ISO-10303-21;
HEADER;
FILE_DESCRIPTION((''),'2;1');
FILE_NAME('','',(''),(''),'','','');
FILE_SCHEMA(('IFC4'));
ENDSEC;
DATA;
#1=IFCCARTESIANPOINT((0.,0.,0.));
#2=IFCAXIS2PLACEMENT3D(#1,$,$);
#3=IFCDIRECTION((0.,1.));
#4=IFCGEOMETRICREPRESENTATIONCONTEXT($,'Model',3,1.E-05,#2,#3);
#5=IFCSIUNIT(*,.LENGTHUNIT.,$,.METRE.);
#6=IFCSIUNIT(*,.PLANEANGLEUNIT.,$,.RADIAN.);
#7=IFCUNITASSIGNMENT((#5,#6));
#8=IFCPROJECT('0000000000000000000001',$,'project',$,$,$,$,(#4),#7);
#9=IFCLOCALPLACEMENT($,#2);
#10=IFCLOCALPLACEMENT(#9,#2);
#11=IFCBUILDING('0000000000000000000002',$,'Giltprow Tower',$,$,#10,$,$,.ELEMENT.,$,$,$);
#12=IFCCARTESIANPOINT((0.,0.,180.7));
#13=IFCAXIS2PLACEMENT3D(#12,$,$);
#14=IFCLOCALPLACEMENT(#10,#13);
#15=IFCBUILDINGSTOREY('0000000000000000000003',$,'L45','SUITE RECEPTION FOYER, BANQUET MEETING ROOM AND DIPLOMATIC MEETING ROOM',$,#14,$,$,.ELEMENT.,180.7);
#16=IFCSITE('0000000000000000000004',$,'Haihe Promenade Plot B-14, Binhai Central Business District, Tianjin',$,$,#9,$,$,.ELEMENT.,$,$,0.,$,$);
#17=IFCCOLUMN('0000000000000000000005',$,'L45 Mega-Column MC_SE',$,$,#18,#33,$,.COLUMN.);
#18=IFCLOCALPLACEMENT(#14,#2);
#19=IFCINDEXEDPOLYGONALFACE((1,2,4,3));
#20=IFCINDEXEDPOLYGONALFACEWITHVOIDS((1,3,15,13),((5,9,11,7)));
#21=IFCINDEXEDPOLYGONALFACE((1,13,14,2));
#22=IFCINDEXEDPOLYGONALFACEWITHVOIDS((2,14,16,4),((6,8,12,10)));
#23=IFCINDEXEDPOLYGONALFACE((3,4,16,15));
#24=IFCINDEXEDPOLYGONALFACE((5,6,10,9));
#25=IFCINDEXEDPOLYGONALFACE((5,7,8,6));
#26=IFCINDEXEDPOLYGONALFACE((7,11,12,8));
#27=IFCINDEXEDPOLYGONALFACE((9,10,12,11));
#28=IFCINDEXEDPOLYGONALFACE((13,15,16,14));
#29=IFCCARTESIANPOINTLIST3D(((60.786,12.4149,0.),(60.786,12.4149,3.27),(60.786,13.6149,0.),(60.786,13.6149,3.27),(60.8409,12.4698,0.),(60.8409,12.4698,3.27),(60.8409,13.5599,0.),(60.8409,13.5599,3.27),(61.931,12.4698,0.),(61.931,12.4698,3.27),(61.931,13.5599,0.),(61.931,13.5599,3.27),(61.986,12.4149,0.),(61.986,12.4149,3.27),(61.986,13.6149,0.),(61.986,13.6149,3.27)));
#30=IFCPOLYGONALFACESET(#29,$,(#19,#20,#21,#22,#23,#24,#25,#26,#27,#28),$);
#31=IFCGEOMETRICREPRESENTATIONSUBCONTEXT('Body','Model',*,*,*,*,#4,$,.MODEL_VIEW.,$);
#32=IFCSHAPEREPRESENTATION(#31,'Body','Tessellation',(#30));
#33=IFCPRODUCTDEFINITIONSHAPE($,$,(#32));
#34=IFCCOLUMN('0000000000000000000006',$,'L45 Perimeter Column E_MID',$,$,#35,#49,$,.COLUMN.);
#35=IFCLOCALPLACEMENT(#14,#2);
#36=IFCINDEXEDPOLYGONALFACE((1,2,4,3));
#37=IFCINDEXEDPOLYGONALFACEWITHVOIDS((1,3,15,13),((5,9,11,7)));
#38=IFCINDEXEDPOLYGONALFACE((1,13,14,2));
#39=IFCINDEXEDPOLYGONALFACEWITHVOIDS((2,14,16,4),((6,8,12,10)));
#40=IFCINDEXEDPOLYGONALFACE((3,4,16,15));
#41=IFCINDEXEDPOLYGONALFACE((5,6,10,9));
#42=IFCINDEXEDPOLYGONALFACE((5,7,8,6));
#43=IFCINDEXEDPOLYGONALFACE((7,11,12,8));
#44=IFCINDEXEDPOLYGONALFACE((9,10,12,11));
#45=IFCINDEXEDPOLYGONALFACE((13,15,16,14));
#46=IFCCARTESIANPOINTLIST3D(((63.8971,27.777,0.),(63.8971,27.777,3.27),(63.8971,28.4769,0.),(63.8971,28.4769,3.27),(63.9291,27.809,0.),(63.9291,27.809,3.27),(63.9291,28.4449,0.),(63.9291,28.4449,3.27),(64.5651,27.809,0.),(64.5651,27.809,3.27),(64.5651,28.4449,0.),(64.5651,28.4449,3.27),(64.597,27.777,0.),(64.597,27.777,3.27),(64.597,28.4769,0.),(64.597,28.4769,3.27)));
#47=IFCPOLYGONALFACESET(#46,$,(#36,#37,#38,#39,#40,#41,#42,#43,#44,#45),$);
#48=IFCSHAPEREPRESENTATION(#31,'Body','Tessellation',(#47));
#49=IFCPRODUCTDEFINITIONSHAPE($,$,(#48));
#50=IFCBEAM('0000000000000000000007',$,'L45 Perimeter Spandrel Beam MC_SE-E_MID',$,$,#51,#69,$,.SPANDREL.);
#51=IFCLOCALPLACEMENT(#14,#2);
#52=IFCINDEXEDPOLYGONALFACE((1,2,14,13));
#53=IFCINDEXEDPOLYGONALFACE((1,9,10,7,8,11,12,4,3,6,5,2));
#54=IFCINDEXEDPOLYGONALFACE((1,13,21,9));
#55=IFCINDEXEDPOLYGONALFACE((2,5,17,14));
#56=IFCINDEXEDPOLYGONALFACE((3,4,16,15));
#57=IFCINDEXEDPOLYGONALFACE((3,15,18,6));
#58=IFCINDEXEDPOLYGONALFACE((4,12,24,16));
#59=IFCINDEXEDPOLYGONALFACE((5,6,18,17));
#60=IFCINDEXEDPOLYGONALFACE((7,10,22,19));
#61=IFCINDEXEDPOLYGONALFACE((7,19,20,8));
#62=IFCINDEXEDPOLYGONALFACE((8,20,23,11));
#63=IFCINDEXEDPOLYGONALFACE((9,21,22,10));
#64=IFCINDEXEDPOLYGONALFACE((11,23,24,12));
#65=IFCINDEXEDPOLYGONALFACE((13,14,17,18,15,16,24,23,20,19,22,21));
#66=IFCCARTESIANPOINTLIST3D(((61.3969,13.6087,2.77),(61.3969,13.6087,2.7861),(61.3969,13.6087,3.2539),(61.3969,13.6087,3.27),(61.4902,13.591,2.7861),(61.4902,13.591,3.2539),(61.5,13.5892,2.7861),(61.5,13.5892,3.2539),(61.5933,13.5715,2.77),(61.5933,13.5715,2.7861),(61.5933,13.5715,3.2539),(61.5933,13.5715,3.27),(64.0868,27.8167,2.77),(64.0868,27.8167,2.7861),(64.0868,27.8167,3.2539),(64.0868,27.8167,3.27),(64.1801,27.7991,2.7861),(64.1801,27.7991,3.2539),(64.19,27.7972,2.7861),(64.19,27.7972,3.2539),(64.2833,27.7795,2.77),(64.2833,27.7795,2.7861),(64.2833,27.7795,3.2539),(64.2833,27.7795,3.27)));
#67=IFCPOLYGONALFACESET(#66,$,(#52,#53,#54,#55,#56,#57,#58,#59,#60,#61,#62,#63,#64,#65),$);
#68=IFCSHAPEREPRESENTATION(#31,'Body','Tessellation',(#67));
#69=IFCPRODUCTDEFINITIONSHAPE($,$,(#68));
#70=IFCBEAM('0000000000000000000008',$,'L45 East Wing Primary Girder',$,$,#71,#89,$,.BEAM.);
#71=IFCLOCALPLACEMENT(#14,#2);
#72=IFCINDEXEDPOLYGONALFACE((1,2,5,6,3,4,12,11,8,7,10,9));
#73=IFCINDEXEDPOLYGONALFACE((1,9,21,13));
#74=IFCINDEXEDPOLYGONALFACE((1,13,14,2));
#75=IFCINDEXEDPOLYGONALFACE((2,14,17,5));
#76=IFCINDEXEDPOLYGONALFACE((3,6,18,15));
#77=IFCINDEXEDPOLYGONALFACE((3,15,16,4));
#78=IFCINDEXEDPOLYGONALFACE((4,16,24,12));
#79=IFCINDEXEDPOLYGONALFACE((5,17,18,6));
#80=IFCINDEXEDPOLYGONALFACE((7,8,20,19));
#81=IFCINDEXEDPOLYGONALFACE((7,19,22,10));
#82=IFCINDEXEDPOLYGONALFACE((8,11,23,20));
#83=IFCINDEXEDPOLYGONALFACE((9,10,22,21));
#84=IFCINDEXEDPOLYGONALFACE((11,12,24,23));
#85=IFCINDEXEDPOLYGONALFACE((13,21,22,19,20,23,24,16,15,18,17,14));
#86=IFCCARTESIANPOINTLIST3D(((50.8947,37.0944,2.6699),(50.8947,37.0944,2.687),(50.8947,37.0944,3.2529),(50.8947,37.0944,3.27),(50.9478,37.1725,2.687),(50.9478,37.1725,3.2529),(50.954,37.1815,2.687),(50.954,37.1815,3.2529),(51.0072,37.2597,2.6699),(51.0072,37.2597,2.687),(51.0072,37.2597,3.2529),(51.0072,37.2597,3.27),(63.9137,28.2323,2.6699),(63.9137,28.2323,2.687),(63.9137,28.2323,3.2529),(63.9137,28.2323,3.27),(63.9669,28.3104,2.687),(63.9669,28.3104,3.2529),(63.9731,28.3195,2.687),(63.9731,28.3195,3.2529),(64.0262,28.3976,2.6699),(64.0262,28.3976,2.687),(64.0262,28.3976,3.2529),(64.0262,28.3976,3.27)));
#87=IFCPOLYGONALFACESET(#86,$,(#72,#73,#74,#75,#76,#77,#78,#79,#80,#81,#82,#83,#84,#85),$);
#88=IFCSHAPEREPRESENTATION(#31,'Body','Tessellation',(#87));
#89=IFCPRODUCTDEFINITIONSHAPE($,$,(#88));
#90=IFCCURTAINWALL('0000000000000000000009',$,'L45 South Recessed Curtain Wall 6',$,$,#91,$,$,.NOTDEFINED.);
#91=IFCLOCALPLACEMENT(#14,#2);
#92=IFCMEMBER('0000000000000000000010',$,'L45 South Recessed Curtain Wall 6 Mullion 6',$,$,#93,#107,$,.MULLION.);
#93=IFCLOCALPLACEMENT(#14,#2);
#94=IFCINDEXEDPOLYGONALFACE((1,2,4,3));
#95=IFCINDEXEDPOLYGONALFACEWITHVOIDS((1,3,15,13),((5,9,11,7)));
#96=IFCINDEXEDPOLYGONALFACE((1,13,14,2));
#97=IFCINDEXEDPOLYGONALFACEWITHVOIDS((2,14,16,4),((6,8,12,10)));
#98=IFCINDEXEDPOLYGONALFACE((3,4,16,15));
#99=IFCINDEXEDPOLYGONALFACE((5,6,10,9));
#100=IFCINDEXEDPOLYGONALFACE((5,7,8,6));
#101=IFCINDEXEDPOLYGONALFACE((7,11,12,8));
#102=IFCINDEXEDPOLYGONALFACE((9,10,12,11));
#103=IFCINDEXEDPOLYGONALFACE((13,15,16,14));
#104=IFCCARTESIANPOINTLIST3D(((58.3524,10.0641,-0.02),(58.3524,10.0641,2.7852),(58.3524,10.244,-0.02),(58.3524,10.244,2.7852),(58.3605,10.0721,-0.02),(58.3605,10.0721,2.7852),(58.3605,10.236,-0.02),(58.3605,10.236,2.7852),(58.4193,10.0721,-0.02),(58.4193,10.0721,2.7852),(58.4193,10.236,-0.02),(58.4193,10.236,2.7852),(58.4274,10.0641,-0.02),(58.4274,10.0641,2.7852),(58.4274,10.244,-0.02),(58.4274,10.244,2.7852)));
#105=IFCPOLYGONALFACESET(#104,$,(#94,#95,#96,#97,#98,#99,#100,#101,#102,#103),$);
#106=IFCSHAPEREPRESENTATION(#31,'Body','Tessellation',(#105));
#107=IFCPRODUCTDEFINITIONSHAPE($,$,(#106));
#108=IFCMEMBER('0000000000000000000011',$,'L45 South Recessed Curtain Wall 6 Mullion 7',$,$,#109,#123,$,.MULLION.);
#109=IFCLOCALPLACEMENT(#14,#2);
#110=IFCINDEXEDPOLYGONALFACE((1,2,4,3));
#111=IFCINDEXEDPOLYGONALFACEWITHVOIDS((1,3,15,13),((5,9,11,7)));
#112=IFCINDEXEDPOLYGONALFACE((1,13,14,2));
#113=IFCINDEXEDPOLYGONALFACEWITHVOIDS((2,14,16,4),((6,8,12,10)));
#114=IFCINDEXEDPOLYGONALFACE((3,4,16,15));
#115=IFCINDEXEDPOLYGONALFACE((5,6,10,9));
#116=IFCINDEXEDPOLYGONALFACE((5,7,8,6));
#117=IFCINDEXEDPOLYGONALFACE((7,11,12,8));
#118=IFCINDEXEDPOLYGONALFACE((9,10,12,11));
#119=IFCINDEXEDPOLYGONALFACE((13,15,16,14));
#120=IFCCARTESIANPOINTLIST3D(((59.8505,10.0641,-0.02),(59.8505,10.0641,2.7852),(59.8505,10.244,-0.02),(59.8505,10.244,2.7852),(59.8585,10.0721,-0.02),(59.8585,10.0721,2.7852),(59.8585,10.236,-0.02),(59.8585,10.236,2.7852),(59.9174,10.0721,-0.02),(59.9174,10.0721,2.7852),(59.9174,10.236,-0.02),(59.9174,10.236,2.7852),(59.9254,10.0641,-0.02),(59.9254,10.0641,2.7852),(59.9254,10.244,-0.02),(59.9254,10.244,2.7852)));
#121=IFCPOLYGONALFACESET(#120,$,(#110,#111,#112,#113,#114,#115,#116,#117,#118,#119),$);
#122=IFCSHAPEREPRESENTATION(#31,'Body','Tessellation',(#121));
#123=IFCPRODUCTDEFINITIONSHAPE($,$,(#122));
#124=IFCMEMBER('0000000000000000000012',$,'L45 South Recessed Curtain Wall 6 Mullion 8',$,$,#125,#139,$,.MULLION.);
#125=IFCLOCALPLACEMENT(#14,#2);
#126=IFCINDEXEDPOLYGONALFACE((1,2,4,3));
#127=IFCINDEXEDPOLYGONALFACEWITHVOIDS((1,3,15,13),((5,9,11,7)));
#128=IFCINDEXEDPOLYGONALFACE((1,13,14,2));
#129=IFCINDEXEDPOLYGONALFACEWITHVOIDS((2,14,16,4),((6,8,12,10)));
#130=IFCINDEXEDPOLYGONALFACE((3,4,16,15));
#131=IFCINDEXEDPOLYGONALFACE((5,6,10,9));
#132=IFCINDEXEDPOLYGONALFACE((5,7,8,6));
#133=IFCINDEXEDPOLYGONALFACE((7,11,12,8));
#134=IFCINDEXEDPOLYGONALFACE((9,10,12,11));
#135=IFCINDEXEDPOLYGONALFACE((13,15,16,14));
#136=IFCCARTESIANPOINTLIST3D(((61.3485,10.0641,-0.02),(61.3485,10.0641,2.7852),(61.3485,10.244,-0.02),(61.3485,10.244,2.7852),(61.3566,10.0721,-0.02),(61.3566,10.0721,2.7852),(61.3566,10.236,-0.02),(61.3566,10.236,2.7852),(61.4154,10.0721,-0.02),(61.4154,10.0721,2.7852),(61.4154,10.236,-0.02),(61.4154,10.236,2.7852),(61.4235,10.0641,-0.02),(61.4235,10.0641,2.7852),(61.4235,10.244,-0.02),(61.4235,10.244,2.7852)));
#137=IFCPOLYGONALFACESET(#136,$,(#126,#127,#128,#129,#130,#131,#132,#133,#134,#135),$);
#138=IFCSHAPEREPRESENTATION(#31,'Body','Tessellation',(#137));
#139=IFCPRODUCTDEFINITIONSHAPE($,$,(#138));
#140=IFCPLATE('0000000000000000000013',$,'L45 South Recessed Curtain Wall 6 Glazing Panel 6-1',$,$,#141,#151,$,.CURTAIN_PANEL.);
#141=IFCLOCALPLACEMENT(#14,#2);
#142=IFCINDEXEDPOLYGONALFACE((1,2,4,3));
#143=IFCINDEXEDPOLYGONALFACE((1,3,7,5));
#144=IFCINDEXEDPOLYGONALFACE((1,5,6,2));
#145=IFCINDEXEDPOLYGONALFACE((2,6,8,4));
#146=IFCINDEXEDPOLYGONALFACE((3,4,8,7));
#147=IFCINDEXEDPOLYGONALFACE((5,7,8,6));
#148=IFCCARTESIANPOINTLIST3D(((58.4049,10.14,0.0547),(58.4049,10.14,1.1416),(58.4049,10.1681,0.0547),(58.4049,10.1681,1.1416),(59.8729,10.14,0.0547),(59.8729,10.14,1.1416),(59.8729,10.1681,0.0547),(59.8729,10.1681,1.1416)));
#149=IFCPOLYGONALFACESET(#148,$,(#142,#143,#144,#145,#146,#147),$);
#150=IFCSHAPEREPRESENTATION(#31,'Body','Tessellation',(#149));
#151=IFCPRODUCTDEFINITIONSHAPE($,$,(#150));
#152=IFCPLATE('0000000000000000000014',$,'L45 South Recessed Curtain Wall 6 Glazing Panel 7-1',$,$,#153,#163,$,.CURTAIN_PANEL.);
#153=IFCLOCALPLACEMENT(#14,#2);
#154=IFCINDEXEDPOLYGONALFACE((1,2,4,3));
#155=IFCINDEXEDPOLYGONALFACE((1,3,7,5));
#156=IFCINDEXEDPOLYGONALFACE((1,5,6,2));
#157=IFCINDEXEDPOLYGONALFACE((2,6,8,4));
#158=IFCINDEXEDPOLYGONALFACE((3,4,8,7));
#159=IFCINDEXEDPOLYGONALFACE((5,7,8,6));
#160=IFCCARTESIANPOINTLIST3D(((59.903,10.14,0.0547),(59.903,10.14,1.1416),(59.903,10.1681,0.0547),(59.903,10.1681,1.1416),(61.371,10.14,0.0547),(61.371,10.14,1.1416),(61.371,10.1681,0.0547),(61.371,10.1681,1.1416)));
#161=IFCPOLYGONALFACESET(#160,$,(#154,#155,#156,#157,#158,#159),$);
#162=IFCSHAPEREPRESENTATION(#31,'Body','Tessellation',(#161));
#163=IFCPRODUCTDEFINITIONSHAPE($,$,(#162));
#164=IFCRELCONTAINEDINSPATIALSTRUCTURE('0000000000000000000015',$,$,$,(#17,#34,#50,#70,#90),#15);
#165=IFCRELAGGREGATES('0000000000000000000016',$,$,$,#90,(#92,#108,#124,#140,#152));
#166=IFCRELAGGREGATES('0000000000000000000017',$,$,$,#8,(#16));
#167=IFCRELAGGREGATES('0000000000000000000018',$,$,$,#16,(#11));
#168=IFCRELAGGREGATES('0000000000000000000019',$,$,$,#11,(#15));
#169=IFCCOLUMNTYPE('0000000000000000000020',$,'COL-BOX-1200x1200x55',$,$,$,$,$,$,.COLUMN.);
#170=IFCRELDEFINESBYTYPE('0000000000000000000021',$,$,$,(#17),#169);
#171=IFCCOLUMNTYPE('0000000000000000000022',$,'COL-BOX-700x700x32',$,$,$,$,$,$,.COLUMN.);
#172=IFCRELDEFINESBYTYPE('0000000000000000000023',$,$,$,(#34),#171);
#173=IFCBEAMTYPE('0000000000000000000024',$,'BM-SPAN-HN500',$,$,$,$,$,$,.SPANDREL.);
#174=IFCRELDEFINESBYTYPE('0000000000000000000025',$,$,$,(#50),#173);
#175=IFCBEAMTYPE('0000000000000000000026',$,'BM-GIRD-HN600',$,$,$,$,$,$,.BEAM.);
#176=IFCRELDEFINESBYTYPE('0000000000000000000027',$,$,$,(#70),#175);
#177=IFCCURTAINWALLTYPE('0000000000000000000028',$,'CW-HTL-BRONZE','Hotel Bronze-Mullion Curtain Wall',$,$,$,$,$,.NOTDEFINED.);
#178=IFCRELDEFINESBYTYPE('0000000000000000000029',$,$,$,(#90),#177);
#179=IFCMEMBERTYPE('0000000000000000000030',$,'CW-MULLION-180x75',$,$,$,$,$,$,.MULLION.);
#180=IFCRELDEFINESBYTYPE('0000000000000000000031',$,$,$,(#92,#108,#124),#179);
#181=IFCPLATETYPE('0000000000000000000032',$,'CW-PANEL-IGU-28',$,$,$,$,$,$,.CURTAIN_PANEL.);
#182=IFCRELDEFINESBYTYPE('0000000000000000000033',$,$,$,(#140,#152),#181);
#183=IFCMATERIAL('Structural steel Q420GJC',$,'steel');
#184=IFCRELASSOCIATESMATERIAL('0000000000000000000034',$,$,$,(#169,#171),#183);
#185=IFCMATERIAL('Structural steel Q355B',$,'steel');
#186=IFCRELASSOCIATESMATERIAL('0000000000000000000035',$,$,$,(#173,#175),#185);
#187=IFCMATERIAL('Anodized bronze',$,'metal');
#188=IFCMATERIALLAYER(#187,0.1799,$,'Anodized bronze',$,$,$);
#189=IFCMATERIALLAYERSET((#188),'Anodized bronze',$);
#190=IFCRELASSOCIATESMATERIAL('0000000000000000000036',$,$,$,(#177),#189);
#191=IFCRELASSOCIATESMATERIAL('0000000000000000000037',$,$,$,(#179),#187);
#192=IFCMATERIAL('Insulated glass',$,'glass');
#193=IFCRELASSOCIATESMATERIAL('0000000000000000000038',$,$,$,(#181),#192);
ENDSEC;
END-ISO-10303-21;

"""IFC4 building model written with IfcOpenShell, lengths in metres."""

from ifc_helpers import new_model, si_unit, direction, frame, origin, origin_2d, place, context, subcontext, project, spatial, rectangle, hollow_rectangle, i_section, extrude, source, transform, mapped, material, layer, layer_set, material_profile, profile_set, type_object, element, aggregate, save


model = new_model("IFC4")

# Units and contexts
model_context = context("Model", 3, precision=1e-05, world=origin(), true_north=direction((0.0, 1.0)))
body_context = subcontext(model_context, "Body", "Model", "MODEL_VIEW")
ifc_project = project(units=[si_unit("LENGTHUNIT", "METRE"), si_unit("PLANEANGLEUNIT", "RADIAN")], contexts=[model_context])

# Site, building, storey
site_placement = place(None, origin())
site = spatial("IfcSite", under=ifc_project, at=site_placement, Name="Haihe Promenade Plot B-14, Binhai Central Business District, Tianjin", CompositionType="ELEMENT", RefElevation=0.0)
building_placement = place(site_placement, origin())
building = spatial("IfcBuilding", under=site, at=building_placement, Name="Giltprow Tower", CompositionType="ELEMENT")
storey_placement = place(building_placement, frame((0.0, 0.0, 180.7)))
storey = spatial("IfcBuildingStorey", under=building, at=storey_placement, Name="L45", Description="SUITE RECEPTION FOYER, BANQUET MEETING ROOM AND DIPLOMATIC MEETING ROOM", CompositionType="ELEMENT", Elevation=180.7)

# Columns
ifc_material_1 = material(Name="Structural steel Q420GJC", Category="steel")
ifc_material_profile_1 = material_profile(ifc_material_1, hollow_rectangle(XDim=1.2, YDim=1.2, WallThickness=0.0549, at=origin_2d()), Name="BOX 1200x1200x55")
ifc_profile_set_1 = profile_set([ifc_material_profile_1], Name="Structural steel Q420GJC")
column_type_1 = type_object("IfcColumnType", Name="COL-BOX-1200x1200x55", PredefinedType="COLUMN", material=ifc_profile_set_1)
shared_shape_1 = source(origin(), body_context, "Body", "SweptSolid", [
    extrude(hollow_rectangle(XDim=1.2, YDim=1.2, WallThickness=0.0549, at=origin_2d()), origin(), (0.0, 0.0, 1.0), 3.27),
])
column_1_placement = place(storey_placement, frame((61.386, 13.0149, 0.0), z_axis=(0.0, 0.0, 1.0), x_axis=(1.0, 0.0, 0.0)))
element("IfcColumn", 1, at=column_1_placement, inside=storey, type_object=column_type_1, Name="L45 Mega-Column MC_SE", PredefinedType="COLUMN", context=body_context, shape_type="MappedRepresentation", body=[
    mapped(shared_shape_1, transform((0.0, 0.0, 0.0), x_axis=(1.0, 0.0, 0.0), y_axis=(0.0, 1.0, 0.0), z_axis=(0.0, 0.0, 1.0), scale=1.0)),
])
ifc_material_profile_2 = material_profile(ifc_material_1, hollow_rectangle(XDim=0.7, YDim=0.7, WallThickness=0.032, at=origin_2d()), Name="BOX 700x700x32")
ifc_profile_set_2 = profile_set([ifc_material_profile_2], Name="Structural steel Q420GJC")
column_type_2 = type_object("IfcColumnType", Name="COL-BOX-700x700x32", PredefinedType="COLUMN", material=ifc_profile_set_2)
shared_shape_2 = source(origin(), body_context, "Body", "SweptSolid", [
    extrude(hollow_rectangle(XDim=0.7, YDim=0.7, WallThickness=0.032, at=origin_2d()), origin(), (0.0, 0.0, 1.0), 3.27),
])
column_2_placement = place(storey_placement, frame((64.2471, 28.127, 0.0), z_axis=(0.0, 0.0, 1.0), x_axis=(1.0, 0.0, 0.0)))
element("IfcColumn", 2, at=column_2_placement, inside=storey, type_object=column_type_2, Name="L45 Perimeter Column E_MID", PredefinedType="COLUMN", context=body_context, shape_type="MappedRepresentation", body=[
    mapped(shared_shape_2, transform((0.0, 0.0, 0.0), x_axis=(1.0, 0.0, 0.0), y_axis=(0.0, 1.0, 0.0), z_axis=(0.0, 0.0, 1.0), scale=1.0)),
])

# Beams
ifc_material_2 = material(Name="Structural steel Q355B", Category="steel")
ifc_material_profile_3 = material_profile(ifc_material_2, i_section(OverallWidth=0.2, OverallDepth=0.5, WebThickness=0.01, FlangeThickness=0.0161, at=origin_2d()), Name="HN 500x200x10x16")
ifc_profile_set_3 = profile_set([ifc_material_profile_3], Name="Structural steel Q355B")
beam_type_1 = type_object("IfcBeamType", Name="BM-SPAN-HN500", PredefinedType="SPANDREL", material=ifc_profile_set_3)
shared_shape_3 = source(origin(), body_context, "Body", "SweptSolid", [
    extrude(i_section(OverallWidth=0.2, OverallDepth=0.5, WebThickness=0.01, FlangeThickness=0.0161, at=origin_2d()), origin(), (0.0, 0.0, 1.0), 14.4604),
])
beam_1_placement = place(storey_placement, frame((61.4951, 13.5901, 3.02), z_axis=(0.186021, 0.982546, 0.0), x_axis=(-0.982546, 0.186021, 0.0)))
element("IfcBeam", 3, at=beam_1_placement, inside=storey, type_object=beam_type_1, Name="L45 Perimeter Spandrel Beam MC_SE-E_MID", PredefinedType="SPANDREL", context=body_context, shape_type="MappedRepresentation", body=[
    mapped(shared_shape_3, transform((0.0, 0.0, 0.0), x_axis=(1.0, 0.0, 0.0), y_axis=(0.0, 1.0, 0.0), z_axis=(0.0, 0.0, 1.0), scale=1.0)),
])
ifc_material_profile_4 = material_profile(ifc_material_2, i_section(OverallWidth=0.2, OverallDepth=0.6001, WebThickness=0.011, FlangeThickness=0.0171, at=origin_2d()), Name="HN 600x200x11x17")
ifc_profile_set_4 = profile_set([ifc_material_profile_4], Name="Structural steel Q355B")
beam_type_2 = type_object("IfcBeamType", Name="BM-GIRD-HN600", PredefinedType="BEAM", material=ifc_profile_set_4)
shared_shape_4 = source(origin(), body_context, "Body", "SweptSolid", [
    extrude(i_section(OverallWidth=0.2, OverallDepth=0.6001, WebThickness=0.011, FlangeThickness=0.0171, at=origin_2d()), origin(), (0.0, 0.0, 1.0), 15.749),
])
beam_2_placement = place(storey_placement, frame((63.97, 28.3149, 2.97), z_axis=(-0.826657, 0.562706, 0.0), x_axis=(-0.562706, -0.826657, 0.0)))
element("IfcBeam", 4, at=beam_2_placement, inside=storey, type_object=beam_type_2, Name="L45 East Wing Primary Girder", PredefinedType="BEAM", context=body_context, shape_type="MappedRepresentation", body=[
    mapped(shared_shape_4, transform((0.0, 0.0, 0.0), x_axis=(1.0, 0.0, 0.0), y_axis=(0.0, 1.0, 0.0), z_axis=(0.0, 0.0, 1.0), scale=1.0)),
])

# Curtain wall, members, plates
ifc_material_3 = material(Name="Anodized bronze", Category="metal")
ifc_layer_1 = layer(ifc_material_3, 0.1799, Name="Anodized bronze")
ifc_layer_set_1 = layer_set([ifc_layer_1], Name="Anodized bronze")
curtain_wall_type = type_object("IfcCurtainWallType", Name="CW-HTL-BRONZE", Description="Hotel Bronze-Mullion Curtain Wall", PredefinedType="NOTDEFINED", material=ifc_layer_set_1)
curtain_wall_placement = place(storey_placement, origin())
curtain_wall = element("IfcCurtainWall", 5, at=curtain_wall_placement, inside=storey, type_object=curtain_wall_type, Name="L45 South Recessed Curtain Wall 6", PredefinedType="NOTDEFINED")
ifc_material_profile_5 = material_profile(ifc_material_3, hollow_rectangle(XDim=0.075, YDim=0.1799, WallThickness=0.0081, at=origin_2d()), Name="RHS 180x75x8")
ifc_profile_set_5 = profile_set([ifc_material_profile_5], Name="Anodized bronze")
member_type = type_object("IfcMemberType", Name="CW-MULLION-180x75", PredefinedType="MULLION", material=ifc_profile_set_5)
shared_shape_5 = source(origin(), body_context, "Body", "SweptSolid", [
    extrude(hollow_rectangle(XDim=0.075, YDim=0.1799, WallThickness=0.0081, at=origin_2d()), origin(), (0.0, 0.0, 1.0), 2.8052),
])
member_1_placement = place(storey_placement, frame((58.3899, 10.1541, -0.02), z_axis=(0.0, 0.0, 1.0), x_axis=(1.0, 0.0, 0.0)))
member_1 = element("IfcMember", 6, at=member_1_placement, type_object=member_type, Name="L45 South Recessed Curtain Wall 6 Mullion 6", PredefinedType="MULLION", context=body_context, shape_type="MappedRepresentation", body=[
    mapped(shared_shape_5, transform((0.0, 0.0, 0.0), x_axis=(1.0, 0.0, 0.0), y_axis=(0.0, 1.0, 0.0), z_axis=(0.0, 0.0, 1.0), scale=1.0)),
])
member_2_placement = place(storey_placement, frame((59.8879, 10.1541, -0.02), z_axis=(0.0, 0.0, 1.0), x_axis=(1.0, 0.0, 0.0)))
member_2 = element("IfcMember", 7, at=member_2_placement, type_object=member_type, Name="L45 South Recessed Curtain Wall 6 Mullion 7", PredefinedType="MULLION", context=body_context, shape_type="MappedRepresentation", body=[
    mapped(shared_shape_5, transform((0.0, 0.0, 0.0), x_axis=(1.0, 0.0, 0.0), y_axis=(0.0, 1.0, 0.0), z_axis=(0.0, 0.0, 1.0), scale=1.0)),
])
member_3_placement = place(storey_placement, frame((61.386, 10.1541, -0.02), z_axis=(0.0, 0.0, 1.0), x_axis=(1.0, 0.0, 0.0)))
member_3 = element("IfcMember", 8, at=member_3_placement, type_object=member_type, Name="L45 South Recessed Curtain Wall 6 Mullion 8", PredefinedType="MULLION", context=body_context, shape_type="MappedRepresentation", body=[
    mapped(shared_shape_5, transform((0.0, 0.0, 0.0), x_axis=(1.0, 0.0, 0.0), y_axis=(0.0, 1.0, 0.0), z_axis=(0.0, 0.0, 1.0), scale=1.0)),
])
ifc_material_4 = material(Name="Insulated glass", Category="glass")
plate_type = type_object("IfcPlateType", Name="CW-PANEL-IGU-28", PredefinedType="CURTAIN_PANEL", material=ifc_material_4)
shared_shape_6 = source(origin(), body_context, "Body", "SweptSolid", [
    extrude(rectangle(XDim=1.468, YDim=0.0281, at=origin_2d()), origin(), (0.0, 0.0, 1.0), 1.0869),
])
plate_1_placement = place(storey_placement, frame((59.1389, 10.1541, 0.0547), z_axis=(0.0, 0.0, 1.0), x_axis=(1.0, 0.0, 0.0)))
plate_1 = element("IfcPlate", 9, at=plate_1_placement, type_object=plate_type, Name="L45 South Recessed Curtain Wall 6 Glazing Panel 6-1", PredefinedType="CURTAIN_PANEL", context=body_context, shape_type="MappedRepresentation", body=[
    mapped(shared_shape_6, transform((0.0, 0.0, 0.0), x_axis=(1.0, 0.0, 0.0), y_axis=(0.0, 1.0, 0.0), z_axis=(0.0, 0.0, 1.0), scale=1.0)),
])
plate_2_placement = place(storey_placement, frame((60.637, 10.1541, 0.0547), z_axis=(0.0, 0.0, 1.0), x_axis=(1.0, 0.0, 0.0)))
plate_2 = element("IfcPlate", 10, at=plate_2_placement, type_object=plate_type, Name="L45 South Recessed Curtain Wall 6 Glazing Panel 7-1", PredefinedType="CURTAIN_PANEL", context=body_context, shape_type="MappedRepresentation", body=[
    mapped(shared_shape_6, transform((0.0, 0.0, 0.0), x_axis=(1.0, 0.0, 0.0), y_axis=(0.0, 1.0, 0.0), z_axis=(0.0, 0.0, 1.0), scale=1.0)),
])
aggregate(curtain_wall, [member_1, member_2, member_3, plate_1, plate_2])

save(model, "model.ifc")
